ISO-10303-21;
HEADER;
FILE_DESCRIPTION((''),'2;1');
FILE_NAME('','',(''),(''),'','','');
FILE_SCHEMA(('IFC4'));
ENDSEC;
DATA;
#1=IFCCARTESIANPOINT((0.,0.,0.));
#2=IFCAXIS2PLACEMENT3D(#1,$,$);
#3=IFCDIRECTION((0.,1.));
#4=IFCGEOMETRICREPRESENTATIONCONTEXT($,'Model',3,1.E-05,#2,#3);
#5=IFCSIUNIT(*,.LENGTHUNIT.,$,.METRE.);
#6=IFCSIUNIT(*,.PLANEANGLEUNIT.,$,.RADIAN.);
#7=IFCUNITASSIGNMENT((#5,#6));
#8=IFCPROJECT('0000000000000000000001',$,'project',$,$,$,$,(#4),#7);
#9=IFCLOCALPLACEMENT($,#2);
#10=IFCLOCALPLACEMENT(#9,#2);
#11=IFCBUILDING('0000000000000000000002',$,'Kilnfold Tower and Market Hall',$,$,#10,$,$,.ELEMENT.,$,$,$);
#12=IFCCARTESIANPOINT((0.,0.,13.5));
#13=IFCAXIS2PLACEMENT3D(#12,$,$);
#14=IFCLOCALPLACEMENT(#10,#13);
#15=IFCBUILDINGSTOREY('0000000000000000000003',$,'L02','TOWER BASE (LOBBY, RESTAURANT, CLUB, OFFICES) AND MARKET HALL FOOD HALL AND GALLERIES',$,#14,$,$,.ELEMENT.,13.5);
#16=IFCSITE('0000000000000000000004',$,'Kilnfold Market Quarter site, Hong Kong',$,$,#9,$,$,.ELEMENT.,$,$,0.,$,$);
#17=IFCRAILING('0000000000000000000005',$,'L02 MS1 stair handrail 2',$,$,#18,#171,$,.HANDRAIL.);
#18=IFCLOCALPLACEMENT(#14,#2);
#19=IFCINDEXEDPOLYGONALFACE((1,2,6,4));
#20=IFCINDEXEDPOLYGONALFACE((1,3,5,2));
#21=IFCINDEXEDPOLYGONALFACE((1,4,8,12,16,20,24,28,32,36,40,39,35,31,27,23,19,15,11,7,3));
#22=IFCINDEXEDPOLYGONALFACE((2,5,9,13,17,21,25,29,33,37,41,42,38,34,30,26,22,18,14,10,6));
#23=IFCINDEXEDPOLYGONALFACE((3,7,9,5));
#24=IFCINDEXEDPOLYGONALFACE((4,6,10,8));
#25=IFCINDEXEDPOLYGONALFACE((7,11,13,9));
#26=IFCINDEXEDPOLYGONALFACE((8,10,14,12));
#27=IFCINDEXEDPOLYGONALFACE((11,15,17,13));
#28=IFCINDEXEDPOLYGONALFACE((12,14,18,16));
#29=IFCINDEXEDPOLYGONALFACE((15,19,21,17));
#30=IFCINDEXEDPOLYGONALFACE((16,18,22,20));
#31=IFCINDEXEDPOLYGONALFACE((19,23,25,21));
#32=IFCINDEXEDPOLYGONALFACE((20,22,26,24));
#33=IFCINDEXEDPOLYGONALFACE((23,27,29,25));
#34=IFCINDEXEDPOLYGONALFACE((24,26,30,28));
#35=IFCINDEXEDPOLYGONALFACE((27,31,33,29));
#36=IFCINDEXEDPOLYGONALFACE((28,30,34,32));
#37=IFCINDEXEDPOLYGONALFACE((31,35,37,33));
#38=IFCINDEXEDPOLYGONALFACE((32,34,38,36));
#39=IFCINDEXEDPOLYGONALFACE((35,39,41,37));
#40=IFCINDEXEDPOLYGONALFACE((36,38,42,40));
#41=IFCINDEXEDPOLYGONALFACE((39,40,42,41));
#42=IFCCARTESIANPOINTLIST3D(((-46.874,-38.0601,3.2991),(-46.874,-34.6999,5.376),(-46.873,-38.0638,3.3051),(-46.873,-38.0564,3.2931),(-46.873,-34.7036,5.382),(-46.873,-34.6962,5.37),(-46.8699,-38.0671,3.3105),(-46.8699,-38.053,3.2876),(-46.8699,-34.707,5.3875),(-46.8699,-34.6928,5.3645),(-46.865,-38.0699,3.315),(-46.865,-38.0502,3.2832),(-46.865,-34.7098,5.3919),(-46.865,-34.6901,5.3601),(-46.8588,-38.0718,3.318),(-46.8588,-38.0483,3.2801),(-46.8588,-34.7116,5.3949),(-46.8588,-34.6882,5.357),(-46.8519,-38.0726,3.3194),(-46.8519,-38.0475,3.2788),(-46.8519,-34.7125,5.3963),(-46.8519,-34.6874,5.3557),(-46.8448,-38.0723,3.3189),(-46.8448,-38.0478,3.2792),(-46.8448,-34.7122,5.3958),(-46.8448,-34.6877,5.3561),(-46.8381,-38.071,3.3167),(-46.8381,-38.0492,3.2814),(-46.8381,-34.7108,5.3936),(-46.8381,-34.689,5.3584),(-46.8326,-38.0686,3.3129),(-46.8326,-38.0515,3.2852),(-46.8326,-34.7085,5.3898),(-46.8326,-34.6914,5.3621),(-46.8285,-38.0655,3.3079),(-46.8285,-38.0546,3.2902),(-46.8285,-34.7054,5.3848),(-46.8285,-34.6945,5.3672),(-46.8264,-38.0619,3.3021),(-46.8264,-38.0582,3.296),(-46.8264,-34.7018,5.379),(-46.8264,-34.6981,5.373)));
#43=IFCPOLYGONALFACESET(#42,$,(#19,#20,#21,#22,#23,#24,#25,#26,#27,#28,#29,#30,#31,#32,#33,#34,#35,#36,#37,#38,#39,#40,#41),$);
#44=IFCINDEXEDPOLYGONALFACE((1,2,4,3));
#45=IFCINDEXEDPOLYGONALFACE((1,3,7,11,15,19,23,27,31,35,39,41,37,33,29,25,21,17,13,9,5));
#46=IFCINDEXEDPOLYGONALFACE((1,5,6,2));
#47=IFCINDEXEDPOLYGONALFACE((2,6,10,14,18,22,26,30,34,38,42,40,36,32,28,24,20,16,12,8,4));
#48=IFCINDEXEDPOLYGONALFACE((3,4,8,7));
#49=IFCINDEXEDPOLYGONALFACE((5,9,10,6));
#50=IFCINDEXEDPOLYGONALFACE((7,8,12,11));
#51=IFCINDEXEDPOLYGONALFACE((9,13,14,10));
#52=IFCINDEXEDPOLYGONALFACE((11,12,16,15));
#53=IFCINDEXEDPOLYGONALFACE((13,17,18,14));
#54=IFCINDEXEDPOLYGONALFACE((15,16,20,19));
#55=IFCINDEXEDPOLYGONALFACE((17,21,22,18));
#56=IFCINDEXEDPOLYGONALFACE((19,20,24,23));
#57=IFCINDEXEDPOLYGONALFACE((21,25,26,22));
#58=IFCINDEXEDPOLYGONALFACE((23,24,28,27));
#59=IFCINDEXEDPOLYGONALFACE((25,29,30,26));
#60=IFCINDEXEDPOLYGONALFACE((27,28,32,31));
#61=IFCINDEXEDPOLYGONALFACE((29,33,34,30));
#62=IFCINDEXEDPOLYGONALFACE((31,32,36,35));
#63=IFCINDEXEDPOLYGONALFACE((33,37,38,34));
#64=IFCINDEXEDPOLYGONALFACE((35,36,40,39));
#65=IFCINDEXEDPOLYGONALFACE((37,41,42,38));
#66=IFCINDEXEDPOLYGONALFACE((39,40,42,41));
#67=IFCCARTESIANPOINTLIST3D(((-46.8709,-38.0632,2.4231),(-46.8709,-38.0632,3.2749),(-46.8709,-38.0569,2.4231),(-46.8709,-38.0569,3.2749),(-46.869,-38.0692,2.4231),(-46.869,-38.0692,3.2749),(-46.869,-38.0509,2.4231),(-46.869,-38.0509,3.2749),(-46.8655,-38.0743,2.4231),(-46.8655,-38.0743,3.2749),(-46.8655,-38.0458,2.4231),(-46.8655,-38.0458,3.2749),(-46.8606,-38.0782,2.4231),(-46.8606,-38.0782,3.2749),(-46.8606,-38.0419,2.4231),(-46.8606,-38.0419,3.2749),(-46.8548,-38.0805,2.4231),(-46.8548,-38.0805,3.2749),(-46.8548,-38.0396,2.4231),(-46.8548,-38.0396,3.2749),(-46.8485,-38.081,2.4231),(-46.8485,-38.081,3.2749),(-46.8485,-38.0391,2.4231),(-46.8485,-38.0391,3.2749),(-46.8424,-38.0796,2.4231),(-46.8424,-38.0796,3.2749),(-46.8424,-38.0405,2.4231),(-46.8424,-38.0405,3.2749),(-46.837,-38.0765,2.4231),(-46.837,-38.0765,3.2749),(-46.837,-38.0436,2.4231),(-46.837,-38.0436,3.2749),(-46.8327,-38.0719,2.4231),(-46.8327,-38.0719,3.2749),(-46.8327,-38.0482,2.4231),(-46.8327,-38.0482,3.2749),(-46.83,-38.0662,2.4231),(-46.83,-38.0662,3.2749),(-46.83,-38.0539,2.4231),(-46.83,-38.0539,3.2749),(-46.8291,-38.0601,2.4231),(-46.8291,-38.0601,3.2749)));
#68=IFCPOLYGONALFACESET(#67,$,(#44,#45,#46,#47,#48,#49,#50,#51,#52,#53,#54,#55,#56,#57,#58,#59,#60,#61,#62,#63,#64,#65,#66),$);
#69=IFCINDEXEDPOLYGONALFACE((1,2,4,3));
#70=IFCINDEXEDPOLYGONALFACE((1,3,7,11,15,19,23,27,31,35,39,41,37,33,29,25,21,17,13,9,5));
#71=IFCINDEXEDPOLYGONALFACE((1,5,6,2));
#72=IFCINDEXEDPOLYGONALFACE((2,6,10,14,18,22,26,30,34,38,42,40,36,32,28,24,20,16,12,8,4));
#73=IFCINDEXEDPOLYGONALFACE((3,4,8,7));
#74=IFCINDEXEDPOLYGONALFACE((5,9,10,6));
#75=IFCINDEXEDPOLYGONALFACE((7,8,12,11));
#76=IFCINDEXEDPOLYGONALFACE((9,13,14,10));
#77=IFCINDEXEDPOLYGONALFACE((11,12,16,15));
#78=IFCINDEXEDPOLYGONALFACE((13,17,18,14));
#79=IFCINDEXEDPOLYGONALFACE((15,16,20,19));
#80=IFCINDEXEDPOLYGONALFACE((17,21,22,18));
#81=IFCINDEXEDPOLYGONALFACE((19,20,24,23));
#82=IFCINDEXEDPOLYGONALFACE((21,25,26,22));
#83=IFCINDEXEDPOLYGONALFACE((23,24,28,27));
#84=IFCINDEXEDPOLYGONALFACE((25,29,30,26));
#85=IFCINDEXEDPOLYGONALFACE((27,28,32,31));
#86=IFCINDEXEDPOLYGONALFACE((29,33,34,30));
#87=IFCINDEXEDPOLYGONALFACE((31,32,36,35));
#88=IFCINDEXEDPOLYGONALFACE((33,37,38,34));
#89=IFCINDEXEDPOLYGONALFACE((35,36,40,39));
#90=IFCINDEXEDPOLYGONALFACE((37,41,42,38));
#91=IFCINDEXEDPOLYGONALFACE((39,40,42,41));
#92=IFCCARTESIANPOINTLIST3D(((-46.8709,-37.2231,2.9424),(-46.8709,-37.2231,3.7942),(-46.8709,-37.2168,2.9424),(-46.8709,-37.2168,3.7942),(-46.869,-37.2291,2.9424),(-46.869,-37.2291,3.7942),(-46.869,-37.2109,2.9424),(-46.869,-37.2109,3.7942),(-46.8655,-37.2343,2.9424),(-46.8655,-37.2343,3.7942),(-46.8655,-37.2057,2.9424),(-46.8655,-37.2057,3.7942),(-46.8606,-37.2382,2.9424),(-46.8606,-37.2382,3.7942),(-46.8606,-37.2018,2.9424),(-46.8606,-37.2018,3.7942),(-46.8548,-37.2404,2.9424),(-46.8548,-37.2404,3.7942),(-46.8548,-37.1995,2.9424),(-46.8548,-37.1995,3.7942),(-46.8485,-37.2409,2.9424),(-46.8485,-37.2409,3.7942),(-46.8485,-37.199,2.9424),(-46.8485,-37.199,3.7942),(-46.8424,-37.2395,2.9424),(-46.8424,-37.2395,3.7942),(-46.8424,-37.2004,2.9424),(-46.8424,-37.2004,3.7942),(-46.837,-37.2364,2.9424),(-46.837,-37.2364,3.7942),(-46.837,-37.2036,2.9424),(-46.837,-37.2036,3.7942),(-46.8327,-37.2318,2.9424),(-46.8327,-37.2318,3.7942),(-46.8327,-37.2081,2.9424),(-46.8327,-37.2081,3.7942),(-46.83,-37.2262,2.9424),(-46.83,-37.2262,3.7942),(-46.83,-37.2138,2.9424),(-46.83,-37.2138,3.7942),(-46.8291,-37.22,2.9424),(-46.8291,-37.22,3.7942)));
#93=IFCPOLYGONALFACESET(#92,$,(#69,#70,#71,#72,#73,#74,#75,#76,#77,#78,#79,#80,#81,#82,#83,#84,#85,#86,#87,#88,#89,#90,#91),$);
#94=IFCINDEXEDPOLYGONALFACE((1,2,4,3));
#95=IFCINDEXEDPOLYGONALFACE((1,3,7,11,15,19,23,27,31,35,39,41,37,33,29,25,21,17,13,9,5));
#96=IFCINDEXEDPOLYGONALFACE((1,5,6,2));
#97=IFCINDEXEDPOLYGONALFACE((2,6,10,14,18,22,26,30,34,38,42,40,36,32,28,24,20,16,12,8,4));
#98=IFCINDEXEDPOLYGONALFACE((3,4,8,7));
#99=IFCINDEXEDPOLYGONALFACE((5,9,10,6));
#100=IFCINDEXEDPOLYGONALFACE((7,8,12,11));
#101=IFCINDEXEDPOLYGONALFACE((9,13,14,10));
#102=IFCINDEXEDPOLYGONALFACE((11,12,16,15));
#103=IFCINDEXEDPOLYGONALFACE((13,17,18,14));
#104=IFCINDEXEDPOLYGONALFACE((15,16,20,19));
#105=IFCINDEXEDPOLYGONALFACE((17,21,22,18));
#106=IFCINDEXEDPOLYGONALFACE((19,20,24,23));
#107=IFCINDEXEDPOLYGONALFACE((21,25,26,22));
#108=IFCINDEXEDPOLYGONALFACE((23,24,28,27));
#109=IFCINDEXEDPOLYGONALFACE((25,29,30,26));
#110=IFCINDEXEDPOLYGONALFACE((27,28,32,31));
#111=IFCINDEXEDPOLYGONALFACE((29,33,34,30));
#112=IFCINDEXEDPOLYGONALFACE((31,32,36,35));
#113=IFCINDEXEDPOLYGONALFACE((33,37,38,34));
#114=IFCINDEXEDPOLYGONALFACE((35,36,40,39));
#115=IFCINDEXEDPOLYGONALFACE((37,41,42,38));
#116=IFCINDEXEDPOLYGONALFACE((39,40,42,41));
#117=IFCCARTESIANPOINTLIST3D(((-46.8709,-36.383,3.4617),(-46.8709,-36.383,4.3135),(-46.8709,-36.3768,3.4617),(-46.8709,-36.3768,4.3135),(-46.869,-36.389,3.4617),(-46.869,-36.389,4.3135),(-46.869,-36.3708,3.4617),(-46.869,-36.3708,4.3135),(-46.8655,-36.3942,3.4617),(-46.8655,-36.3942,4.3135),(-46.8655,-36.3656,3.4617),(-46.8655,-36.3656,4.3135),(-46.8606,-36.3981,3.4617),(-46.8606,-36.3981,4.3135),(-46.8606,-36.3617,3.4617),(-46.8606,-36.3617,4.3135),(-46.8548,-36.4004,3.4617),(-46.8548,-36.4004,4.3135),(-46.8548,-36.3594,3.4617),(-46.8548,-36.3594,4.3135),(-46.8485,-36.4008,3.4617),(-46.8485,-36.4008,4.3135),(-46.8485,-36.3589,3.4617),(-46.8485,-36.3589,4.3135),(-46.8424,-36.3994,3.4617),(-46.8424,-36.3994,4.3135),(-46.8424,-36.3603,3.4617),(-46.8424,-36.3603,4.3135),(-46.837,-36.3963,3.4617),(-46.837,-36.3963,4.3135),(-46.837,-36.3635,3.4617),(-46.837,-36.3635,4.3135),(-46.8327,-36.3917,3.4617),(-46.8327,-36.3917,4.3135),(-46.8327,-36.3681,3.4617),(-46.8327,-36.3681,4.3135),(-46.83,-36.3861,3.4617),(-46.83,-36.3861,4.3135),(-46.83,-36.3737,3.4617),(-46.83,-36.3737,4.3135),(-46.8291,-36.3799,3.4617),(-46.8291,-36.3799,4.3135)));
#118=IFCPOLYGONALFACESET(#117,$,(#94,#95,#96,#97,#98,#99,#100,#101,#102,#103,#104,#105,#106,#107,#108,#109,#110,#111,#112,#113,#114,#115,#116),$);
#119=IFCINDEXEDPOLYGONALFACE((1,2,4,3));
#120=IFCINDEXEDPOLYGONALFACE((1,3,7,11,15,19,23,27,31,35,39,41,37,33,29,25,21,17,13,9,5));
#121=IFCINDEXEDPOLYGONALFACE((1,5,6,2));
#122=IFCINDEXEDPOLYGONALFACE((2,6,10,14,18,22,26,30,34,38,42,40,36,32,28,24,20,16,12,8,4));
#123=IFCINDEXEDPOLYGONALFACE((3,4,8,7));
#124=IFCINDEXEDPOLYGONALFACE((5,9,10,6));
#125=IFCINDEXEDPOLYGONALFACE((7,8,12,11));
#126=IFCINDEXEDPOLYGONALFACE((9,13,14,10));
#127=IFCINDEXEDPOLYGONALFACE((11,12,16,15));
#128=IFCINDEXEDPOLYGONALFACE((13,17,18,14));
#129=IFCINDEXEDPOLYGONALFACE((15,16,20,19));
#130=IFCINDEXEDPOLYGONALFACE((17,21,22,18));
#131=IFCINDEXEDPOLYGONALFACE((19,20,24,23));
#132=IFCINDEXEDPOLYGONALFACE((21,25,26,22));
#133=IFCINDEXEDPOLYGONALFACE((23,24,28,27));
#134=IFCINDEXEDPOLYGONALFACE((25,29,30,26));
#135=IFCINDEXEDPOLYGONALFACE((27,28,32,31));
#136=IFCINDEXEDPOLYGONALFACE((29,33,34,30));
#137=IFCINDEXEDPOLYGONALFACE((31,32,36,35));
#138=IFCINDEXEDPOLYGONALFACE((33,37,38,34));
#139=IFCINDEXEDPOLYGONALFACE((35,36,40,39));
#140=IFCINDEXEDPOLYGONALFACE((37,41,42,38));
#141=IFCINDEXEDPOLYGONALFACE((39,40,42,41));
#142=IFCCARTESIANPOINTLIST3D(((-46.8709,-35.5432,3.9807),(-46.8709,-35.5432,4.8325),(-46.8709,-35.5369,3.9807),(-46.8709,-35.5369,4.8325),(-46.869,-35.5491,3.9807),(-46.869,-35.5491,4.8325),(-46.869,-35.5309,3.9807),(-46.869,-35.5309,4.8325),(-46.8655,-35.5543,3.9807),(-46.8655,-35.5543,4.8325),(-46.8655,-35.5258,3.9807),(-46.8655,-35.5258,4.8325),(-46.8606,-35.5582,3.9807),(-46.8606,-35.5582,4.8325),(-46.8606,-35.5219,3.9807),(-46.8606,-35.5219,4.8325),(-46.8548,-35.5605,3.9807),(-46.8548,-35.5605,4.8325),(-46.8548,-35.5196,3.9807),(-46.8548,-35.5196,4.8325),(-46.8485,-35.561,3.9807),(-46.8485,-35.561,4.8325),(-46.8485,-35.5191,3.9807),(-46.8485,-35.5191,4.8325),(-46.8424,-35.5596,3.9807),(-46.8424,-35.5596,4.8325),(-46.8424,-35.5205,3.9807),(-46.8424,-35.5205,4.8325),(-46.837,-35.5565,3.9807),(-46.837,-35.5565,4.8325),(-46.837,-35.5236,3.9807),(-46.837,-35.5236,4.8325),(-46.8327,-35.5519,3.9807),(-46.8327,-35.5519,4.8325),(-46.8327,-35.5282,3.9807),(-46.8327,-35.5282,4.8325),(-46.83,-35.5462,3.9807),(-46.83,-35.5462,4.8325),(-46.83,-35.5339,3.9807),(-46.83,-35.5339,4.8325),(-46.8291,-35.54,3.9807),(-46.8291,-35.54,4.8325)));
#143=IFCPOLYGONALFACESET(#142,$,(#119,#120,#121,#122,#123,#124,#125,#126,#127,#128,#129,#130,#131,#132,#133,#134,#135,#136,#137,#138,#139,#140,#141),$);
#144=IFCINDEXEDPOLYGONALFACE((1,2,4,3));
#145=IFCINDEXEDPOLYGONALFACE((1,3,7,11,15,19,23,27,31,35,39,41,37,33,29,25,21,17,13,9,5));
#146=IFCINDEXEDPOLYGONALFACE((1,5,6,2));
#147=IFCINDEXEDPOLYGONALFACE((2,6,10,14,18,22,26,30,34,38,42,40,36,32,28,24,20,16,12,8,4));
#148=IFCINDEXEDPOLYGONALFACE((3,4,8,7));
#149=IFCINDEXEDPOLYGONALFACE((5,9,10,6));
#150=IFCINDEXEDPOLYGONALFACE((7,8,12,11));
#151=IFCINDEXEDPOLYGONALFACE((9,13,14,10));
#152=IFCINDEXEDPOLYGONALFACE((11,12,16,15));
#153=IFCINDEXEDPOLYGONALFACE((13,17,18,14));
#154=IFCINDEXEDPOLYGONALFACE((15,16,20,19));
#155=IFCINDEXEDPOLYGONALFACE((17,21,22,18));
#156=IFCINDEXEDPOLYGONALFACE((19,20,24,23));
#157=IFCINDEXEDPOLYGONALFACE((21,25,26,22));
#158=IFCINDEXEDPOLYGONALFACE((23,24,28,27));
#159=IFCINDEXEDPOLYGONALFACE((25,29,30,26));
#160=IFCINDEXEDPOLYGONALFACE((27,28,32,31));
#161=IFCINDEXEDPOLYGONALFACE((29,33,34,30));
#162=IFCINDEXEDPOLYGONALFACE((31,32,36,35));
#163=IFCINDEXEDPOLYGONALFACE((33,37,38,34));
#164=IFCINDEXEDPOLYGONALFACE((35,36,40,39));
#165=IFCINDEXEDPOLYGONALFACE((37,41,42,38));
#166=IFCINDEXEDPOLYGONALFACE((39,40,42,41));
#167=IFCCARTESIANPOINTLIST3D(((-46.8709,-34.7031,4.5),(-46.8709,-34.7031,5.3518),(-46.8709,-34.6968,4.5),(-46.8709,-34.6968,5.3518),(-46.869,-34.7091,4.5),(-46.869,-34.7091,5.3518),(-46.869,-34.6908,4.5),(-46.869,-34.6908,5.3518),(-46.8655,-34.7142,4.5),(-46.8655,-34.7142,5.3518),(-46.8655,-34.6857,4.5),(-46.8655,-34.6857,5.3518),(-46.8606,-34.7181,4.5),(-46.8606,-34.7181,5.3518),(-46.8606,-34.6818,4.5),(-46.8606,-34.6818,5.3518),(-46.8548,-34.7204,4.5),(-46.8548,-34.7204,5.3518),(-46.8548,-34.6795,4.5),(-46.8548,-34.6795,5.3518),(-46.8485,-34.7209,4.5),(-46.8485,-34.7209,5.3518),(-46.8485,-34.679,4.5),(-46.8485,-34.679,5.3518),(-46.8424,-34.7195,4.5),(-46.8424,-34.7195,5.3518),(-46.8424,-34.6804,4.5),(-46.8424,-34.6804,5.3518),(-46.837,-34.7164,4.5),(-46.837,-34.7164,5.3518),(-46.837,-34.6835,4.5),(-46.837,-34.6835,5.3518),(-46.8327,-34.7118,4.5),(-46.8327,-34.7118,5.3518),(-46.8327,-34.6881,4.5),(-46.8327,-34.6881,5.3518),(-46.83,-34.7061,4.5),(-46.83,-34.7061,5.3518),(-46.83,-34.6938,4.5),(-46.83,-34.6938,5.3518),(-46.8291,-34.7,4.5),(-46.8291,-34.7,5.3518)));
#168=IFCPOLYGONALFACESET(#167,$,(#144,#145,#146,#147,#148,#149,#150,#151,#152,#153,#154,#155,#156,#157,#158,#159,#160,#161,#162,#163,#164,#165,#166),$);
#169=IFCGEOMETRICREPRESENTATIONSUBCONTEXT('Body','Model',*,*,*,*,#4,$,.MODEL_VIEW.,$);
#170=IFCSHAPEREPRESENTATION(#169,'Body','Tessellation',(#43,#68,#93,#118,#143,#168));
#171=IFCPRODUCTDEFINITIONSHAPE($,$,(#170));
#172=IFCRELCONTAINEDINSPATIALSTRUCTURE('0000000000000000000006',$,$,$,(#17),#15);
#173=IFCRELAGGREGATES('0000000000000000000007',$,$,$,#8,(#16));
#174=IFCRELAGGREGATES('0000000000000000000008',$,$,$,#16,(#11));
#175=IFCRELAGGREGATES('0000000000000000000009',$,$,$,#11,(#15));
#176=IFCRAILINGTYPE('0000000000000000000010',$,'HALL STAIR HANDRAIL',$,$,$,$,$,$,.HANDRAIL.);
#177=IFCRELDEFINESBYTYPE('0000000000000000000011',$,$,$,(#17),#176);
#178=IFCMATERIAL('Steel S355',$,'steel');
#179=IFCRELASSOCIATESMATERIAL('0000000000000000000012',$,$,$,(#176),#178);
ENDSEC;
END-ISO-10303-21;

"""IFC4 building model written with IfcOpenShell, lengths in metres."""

from ifc_helpers import new_model, si_unit, direction, frame, origin, origin_2d, place, context, subcontext, project, spatial, circle, extrude, material, type_object, element, save


model = new_model("IFC4")

# Units and contexts
model_context = context("Model", 3, precision=1e-05, world=origin(), true_north=direction((0.0, 1.0)))
body_context = subcontext(model_context, "Body", "Model", "MODEL_VIEW")
ifc_project = project(units=[si_unit("LENGTHUNIT", "METRE"), si_unit("PLANEANGLEUNIT", "RADIAN")], contexts=[model_context])

# Site, building, storey
site_placement = place(None, origin())
site = spatial("IfcSite", under=ifc_project, at=site_placement, Name="Kilnfold Market Quarter site, Hong Kong", CompositionType="ELEMENT", RefElevation=0.0)
building_placement = place(site_placement, origin())
building = spatial("IfcBuilding", under=site, at=building_placement, Name="Kilnfold Tower and Market Hall", CompositionType="ELEMENT")
storey_placement = place(building_placement, frame((0.0, 0.0, 13.5)))
storey = spatial("IfcBuildingStorey", under=building, at=storey_placement, Name="L02", Description="TOWER BASE (LOBBY, RESTAURANT, CLUB, OFFICES) AND MARKET HALL FOOD HALL AND GALLERIES", CompositionType="ELEMENT", Elevation=13.5)

# Railing
ifc_material_1 = material(Name="Steel S355", Category="steel")
railing_type_1 = type_object("IfcRailingType", Name="HALL STAIR HANDRAIL", PredefinedType="HANDRAIL", material=ifc_material_1)
railing_1_placement = place(storey_placement, frame((-46.8501, -38.0601, 2.4231)))
element("IfcRailing", 1, at=railing_1_placement, inside=storey, type_object=railing_type_1, Name="L02 MS1 stair handrail 2", PredefinedType="HANDRAIL", context=body_context, shape_type="SweptSolid", body=[
    extrude(circle(Radius=0.0239, at=origin_2d()), frame((0.0, 0.0, 0.876), z_axis=(0.0, 0.850623, 0.525776), x_axis=(-1.0, 0.0, 0.0)), (0.0, 0.0, 1.0), 3.9502),
    extrude(circle(Radius=0.021, at=origin_2d()), origin(), (0.0, 0.0, 1.0), 0.8518),
    extrude(circle(Radius=0.021, at=origin_2d()), frame((0.0, 0.8401, 0.5193)), (0.0, 0.0, 1.0), 0.8518),
    extrude(circle(Radius=0.021, at=origin_2d()), frame((0.0, 1.6802, 1.0386)), (0.0, 0.0, 1.0), 0.8518),
    extrude(circle(Radius=0.021, at=origin_2d()), frame((0.0, 2.52, 1.5576)), (0.0, 0.0, 1.0), 0.8518),
    extrude(circle(Radius=0.021, at=origin_2d()), frame((0.0, 3.3601, 2.0769)), (0.0, 0.0, 1.0), 0.8518),
])

save(model, "model.ifc")
